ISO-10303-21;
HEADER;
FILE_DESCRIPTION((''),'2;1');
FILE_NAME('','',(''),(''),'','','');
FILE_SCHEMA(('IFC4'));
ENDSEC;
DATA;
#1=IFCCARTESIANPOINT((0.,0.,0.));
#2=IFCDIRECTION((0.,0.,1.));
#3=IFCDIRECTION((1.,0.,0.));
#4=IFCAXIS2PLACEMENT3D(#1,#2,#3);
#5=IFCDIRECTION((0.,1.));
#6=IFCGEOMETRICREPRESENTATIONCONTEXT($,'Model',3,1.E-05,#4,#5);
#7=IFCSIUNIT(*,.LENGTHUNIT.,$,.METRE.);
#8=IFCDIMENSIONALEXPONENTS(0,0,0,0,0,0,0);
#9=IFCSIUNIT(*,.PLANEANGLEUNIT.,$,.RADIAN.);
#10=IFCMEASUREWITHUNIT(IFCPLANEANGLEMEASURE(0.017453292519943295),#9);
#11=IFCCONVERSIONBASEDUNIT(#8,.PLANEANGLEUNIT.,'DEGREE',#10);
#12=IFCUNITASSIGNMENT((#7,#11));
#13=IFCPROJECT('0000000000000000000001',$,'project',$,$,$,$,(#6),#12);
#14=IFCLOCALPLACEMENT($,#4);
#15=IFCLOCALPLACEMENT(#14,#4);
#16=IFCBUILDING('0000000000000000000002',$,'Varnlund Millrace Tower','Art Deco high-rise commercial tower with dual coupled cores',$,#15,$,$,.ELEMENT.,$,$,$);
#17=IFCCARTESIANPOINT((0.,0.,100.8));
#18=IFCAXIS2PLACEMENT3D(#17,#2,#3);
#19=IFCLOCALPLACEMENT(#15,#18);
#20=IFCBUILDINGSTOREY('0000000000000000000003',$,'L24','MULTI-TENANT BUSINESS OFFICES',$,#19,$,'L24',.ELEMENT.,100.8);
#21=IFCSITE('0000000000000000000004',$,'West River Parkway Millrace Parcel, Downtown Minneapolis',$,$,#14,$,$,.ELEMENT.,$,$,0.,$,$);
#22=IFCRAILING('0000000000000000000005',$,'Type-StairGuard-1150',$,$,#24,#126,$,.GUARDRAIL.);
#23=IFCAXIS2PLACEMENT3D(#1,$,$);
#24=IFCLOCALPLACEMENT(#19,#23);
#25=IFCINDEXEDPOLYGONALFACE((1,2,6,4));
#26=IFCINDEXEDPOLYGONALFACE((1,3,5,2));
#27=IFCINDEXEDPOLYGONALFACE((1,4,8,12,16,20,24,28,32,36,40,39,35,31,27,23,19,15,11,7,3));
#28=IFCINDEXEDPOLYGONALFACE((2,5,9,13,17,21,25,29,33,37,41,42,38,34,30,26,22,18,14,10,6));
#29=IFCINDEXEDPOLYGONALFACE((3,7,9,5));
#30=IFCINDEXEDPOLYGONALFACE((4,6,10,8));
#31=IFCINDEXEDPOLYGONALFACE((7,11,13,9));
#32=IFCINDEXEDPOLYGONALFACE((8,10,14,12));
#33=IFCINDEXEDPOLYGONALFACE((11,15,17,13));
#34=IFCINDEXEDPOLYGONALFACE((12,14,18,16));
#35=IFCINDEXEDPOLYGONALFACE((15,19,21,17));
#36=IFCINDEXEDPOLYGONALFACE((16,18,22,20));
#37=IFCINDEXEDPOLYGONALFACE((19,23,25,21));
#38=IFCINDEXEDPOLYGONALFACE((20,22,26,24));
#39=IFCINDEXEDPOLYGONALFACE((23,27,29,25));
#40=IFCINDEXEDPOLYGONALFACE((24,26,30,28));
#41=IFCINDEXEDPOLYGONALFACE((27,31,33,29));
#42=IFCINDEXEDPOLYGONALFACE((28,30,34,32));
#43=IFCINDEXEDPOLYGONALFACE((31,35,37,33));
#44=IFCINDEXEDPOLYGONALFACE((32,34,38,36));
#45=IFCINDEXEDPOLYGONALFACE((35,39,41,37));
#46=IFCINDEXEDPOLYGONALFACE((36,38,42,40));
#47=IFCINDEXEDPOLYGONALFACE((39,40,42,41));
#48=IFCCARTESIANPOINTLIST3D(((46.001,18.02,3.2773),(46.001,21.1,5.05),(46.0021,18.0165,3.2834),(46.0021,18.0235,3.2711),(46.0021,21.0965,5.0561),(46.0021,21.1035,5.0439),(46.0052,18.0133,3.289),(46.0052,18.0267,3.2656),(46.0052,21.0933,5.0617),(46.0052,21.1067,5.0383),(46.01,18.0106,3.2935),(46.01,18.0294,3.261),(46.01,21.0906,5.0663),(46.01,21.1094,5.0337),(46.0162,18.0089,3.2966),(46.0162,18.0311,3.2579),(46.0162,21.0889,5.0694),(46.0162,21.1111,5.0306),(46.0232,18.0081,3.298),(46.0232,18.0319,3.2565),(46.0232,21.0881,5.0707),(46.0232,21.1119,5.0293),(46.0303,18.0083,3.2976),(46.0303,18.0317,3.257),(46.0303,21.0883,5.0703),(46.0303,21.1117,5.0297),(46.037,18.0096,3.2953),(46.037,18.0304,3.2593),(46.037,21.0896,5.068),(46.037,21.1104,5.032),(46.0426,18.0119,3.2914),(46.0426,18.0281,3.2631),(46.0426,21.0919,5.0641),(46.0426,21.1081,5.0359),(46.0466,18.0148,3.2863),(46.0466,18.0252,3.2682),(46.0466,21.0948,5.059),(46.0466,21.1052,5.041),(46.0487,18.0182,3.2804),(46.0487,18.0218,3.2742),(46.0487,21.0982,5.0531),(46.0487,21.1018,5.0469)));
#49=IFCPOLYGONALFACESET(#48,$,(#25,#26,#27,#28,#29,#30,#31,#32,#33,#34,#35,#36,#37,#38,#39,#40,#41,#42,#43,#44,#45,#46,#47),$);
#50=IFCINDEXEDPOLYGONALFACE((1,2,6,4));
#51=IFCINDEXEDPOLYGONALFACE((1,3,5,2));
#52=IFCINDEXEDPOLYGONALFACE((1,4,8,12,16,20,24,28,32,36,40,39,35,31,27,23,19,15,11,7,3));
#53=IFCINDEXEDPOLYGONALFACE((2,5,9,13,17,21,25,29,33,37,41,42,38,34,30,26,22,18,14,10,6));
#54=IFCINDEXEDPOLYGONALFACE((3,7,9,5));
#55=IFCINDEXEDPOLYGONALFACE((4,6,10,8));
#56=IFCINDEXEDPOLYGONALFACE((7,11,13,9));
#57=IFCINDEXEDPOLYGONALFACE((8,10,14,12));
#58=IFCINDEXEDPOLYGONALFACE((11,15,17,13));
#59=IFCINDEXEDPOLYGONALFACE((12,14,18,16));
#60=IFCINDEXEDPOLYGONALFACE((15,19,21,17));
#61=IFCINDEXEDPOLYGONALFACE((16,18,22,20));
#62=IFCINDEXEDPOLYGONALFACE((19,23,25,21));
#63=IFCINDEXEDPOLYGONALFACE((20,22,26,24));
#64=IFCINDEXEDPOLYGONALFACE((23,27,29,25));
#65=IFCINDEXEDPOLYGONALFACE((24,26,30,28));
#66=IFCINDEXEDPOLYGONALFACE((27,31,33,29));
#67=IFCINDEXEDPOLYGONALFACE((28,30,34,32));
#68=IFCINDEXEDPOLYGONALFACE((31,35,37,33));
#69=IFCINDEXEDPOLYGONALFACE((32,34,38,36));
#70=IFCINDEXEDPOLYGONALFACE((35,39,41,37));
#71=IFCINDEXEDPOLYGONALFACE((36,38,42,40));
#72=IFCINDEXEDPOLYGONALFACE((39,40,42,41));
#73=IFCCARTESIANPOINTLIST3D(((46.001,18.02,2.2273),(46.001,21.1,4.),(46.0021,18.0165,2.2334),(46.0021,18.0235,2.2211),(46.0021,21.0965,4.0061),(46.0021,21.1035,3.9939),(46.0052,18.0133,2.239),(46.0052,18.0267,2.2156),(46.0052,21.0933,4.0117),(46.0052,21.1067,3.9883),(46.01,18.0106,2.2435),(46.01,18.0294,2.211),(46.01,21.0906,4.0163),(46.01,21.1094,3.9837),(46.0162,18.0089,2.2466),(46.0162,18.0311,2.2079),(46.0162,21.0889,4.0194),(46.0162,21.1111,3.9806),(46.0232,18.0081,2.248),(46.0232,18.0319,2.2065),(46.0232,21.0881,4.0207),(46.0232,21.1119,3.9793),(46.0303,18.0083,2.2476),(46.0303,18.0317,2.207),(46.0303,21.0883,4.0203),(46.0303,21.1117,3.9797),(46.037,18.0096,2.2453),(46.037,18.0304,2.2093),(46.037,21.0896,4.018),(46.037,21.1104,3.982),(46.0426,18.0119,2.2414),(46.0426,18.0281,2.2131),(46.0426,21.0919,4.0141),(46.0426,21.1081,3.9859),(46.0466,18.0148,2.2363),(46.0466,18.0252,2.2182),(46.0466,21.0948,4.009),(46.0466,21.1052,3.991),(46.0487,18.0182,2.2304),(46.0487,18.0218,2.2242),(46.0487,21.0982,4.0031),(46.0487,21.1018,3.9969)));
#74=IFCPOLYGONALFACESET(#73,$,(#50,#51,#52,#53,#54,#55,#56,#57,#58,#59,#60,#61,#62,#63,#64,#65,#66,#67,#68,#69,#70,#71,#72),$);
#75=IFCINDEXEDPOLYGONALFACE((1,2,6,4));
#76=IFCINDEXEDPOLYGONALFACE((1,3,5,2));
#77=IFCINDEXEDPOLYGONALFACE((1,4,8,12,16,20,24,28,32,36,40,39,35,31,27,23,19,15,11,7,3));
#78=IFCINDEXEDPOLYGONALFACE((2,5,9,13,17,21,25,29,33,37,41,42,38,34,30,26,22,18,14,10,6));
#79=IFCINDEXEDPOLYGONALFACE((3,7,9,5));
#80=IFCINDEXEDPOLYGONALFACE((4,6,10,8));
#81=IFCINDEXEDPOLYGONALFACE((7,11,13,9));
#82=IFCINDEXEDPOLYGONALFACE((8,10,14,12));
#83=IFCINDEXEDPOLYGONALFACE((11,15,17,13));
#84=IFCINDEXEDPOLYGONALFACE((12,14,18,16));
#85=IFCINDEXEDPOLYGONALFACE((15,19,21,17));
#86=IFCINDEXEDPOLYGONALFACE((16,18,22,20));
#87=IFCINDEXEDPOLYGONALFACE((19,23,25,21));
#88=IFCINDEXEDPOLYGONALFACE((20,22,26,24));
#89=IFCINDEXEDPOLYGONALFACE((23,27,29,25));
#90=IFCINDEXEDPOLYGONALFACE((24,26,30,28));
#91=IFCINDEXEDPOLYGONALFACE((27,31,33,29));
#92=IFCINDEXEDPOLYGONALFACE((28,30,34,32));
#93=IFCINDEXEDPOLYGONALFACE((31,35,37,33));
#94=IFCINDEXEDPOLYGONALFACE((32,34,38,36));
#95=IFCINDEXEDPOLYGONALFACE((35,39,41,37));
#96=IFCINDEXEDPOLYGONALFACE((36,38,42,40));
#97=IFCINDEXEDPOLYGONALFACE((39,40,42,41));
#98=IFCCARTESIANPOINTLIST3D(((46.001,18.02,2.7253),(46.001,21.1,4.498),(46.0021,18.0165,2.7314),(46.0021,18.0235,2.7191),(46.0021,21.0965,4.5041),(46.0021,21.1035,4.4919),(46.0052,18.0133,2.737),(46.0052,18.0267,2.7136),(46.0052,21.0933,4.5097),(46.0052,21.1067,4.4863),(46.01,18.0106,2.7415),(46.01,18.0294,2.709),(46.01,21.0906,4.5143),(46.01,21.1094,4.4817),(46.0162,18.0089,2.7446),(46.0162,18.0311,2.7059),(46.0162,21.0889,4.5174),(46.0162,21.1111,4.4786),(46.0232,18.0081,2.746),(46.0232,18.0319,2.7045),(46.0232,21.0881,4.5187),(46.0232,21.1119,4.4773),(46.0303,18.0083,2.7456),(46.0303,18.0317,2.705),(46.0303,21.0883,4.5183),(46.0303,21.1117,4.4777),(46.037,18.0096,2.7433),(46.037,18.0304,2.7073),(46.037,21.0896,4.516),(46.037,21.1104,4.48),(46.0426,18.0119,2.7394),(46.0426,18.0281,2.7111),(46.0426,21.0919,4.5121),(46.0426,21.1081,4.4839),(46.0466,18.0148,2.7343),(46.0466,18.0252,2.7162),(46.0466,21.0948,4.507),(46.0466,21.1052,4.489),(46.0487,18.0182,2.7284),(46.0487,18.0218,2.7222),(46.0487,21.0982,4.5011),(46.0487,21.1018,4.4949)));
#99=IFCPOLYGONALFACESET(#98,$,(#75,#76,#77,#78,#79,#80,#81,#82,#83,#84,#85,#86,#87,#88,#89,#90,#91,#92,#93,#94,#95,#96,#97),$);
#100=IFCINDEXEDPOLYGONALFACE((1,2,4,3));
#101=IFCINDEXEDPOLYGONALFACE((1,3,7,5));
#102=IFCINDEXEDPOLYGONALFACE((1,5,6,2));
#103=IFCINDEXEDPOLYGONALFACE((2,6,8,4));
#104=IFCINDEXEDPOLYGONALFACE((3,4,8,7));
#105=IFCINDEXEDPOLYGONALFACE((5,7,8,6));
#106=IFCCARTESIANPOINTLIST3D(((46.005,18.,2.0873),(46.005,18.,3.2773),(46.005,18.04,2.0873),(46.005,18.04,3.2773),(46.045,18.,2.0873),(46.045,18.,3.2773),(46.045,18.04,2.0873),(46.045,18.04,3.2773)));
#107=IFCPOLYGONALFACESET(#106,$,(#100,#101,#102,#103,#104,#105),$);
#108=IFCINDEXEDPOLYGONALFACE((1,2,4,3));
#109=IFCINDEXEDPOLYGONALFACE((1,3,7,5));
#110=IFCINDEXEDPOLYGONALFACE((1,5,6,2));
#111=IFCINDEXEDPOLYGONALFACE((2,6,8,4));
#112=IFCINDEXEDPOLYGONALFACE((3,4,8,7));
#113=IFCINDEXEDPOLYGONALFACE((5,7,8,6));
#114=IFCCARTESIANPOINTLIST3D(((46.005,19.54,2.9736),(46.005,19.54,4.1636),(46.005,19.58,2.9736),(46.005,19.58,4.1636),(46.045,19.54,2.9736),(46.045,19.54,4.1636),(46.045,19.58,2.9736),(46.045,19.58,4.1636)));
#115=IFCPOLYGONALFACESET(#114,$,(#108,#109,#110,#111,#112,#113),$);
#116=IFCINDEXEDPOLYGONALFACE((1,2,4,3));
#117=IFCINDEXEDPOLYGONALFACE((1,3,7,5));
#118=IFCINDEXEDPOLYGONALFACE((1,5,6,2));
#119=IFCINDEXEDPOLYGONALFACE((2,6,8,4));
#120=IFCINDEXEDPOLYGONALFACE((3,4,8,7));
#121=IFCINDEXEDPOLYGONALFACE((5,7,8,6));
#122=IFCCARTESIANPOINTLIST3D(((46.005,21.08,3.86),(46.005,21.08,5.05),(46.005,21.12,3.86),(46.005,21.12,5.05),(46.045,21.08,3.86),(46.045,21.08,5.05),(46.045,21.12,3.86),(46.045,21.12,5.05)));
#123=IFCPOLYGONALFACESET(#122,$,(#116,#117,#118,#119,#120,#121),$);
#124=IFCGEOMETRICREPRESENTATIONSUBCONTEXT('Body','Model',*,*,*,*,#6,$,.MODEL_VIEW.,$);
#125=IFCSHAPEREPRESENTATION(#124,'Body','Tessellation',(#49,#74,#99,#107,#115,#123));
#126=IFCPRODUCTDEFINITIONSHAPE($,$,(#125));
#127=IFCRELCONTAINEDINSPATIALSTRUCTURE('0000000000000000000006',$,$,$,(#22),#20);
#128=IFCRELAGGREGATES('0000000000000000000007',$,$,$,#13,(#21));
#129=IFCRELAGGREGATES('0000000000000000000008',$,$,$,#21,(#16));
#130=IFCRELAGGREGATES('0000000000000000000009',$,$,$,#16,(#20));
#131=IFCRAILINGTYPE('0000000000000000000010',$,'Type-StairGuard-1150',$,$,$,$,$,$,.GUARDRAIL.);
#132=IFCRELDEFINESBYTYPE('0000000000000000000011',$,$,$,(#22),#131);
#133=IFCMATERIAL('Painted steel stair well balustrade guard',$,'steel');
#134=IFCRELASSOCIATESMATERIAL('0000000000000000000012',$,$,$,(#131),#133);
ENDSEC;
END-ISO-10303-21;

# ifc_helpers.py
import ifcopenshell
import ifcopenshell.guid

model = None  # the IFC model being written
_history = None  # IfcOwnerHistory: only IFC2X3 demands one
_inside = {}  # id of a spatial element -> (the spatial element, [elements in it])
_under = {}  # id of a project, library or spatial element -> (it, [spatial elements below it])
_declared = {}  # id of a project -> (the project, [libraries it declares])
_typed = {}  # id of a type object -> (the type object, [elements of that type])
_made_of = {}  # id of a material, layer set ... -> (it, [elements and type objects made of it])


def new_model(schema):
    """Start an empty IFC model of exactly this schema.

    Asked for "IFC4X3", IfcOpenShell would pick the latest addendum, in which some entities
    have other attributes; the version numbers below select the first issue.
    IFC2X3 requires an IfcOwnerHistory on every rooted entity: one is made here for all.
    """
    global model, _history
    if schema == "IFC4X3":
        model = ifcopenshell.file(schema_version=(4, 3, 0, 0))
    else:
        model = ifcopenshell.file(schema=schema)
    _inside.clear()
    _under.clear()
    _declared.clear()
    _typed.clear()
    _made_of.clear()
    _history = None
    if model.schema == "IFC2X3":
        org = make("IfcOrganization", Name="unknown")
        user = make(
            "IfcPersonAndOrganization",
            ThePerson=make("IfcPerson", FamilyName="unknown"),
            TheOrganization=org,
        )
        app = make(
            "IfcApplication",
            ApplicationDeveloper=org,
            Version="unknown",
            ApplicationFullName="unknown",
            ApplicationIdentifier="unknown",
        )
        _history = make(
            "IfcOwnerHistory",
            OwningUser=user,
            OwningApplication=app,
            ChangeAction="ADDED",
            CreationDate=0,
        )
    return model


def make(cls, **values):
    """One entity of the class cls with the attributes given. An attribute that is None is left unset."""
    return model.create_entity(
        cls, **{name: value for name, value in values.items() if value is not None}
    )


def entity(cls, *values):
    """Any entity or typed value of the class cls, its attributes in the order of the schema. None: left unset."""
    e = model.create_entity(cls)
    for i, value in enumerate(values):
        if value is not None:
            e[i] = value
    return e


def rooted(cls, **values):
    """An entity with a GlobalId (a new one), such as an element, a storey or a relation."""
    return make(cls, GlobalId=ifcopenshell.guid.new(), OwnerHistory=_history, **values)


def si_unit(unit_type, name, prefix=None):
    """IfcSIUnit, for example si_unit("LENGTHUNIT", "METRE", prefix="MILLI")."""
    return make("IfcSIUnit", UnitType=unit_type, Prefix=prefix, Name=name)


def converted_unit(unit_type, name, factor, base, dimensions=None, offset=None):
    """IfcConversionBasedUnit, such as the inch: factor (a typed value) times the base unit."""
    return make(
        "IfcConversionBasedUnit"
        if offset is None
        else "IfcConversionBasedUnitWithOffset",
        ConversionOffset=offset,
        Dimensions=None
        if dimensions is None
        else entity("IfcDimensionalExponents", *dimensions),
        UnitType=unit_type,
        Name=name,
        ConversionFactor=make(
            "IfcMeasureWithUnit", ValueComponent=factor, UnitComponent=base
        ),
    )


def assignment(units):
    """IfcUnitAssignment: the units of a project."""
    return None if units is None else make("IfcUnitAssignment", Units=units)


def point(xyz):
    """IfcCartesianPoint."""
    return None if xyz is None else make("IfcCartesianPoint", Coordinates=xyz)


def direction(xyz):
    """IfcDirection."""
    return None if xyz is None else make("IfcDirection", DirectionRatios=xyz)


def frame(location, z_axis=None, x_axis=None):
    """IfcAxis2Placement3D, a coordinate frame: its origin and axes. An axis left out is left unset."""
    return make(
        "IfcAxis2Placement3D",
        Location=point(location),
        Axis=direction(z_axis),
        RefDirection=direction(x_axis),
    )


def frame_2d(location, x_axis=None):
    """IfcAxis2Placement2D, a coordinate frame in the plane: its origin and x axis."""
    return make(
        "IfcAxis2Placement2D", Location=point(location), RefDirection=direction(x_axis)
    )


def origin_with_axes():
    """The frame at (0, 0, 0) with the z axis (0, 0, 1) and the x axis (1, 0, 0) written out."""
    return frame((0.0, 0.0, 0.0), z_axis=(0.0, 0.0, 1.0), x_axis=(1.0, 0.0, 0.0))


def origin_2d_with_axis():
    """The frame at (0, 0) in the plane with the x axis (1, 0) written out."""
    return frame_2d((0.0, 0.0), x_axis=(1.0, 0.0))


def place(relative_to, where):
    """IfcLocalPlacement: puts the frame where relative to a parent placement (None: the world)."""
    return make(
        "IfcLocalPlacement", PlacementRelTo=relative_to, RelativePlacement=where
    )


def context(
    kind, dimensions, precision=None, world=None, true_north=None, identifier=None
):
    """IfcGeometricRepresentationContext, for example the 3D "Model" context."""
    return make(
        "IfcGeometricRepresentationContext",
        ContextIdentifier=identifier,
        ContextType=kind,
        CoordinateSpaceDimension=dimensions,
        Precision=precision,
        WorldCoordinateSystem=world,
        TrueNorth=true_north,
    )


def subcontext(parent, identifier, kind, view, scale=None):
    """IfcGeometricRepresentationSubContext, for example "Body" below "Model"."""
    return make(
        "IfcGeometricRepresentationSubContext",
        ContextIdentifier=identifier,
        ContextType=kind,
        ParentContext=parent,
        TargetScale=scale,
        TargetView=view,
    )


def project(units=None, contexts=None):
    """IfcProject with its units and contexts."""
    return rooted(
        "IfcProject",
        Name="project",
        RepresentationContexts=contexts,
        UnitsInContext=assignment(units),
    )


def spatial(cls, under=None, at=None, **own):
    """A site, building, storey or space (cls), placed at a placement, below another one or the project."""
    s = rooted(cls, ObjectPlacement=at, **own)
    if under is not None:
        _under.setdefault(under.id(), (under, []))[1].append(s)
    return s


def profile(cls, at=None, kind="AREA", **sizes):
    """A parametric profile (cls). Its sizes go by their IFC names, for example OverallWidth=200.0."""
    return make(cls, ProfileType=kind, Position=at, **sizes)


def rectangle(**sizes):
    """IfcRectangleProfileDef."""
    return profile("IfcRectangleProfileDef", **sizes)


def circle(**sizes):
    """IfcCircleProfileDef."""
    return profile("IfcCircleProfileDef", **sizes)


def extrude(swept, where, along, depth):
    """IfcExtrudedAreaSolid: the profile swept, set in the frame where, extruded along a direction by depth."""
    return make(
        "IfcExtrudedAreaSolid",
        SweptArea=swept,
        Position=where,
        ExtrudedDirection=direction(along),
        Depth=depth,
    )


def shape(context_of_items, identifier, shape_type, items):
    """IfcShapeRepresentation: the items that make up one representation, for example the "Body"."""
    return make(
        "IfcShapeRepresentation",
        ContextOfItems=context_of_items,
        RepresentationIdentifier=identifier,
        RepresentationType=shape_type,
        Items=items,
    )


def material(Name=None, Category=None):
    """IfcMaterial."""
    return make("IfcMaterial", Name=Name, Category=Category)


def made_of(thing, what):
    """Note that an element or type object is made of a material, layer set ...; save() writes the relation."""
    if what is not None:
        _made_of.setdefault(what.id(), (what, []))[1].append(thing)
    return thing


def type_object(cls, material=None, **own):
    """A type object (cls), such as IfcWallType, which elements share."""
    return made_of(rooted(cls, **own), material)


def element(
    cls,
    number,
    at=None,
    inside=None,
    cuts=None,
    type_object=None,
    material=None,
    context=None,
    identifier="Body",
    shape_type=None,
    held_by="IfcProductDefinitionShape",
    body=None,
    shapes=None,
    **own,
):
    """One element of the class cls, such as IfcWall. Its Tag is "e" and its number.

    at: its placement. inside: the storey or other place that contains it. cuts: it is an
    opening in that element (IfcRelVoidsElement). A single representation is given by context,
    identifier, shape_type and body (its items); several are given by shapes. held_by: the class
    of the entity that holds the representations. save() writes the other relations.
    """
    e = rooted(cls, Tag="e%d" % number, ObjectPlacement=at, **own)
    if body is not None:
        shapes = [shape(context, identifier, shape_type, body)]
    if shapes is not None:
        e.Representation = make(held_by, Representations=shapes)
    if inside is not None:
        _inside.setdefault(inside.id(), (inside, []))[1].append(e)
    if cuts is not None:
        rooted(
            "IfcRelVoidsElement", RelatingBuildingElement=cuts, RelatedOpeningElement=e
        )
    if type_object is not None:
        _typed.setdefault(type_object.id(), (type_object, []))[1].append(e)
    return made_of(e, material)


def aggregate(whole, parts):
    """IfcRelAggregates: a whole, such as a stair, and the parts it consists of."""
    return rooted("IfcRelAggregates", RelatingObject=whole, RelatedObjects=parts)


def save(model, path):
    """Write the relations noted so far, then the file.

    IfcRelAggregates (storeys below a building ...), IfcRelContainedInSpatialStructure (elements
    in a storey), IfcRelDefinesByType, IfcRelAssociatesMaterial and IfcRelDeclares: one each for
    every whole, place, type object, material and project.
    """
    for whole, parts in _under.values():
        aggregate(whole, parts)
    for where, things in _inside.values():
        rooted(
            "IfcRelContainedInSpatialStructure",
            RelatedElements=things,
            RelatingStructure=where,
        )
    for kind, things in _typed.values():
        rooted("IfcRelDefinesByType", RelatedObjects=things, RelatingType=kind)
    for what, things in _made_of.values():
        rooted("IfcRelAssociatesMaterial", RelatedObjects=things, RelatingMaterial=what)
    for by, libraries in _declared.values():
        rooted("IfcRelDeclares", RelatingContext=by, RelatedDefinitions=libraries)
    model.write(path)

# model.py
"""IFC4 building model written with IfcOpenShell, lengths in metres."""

from ifc_helpers import new_model, entity, si_unit, converted_unit, direction, frame, origin_with_axes, origin_2d_with_axis, place, context, subcontext, project, spatial, rectangle, circle, extrude, material, type_object, element, save


model = new_model("IFC4")

# Units and contexts
model_context = context("Model", 3, precision=1e-05, world=origin_with_axes(), true_north=direction((0.0, 1.0)))
body_context = subcontext(model_context, "Body", "Model", "MODEL_VIEW")
ifc_project = project(units=[si_unit("LENGTHUNIT", "METRE"), converted_unit("PLANEANGLEUNIT", "DEGREE", entity("IfcPlaneAngleMeasure", 0.017453292519943295), si_unit("PLANEANGLEUNIT", "RADIAN"), dimensions=[0, 0, 0, 0, 0, 0, 0])], contexts=[model_context])

# Site, building, storey
site_placement = place(None, origin_with_axes())
site = spatial("IfcSite", under=ifc_project, at=site_placement, Name="West River Parkway Millrace Parcel, Downtown Minneapolis", CompositionType="ELEMENT", RefElevation=0.0)
building_placement = place(site_placement, origin_with_axes())
building = spatial("IfcBuilding", under=site, at=building_placement, Name="Varnlund Millrace Tower", Description="Art Deco high-rise commercial tower with dual coupled cores", CompositionType="ELEMENT")
storey_placement = place(building_placement, frame((0.0, 0.0, 100.8), z_axis=(0.0, 0.0, 1.0), x_axis=(1.0, 0.0, 0.0)))
storey = spatial("IfcBuildingStorey", under=building, at=storey_placement, Name="L24", Description="MULTI-TENANT BUSINESS OFFICES", LongName="L24", CompositionType="ELEMENT", Elevation=100.8)

# Railing
ifc_material_1 = material(Name="Painted steel stair well balustrade guard", Category="steel")
railing_type_1 = type_object("IfcRailingType", Name="Type-StairGuard-1150", PredefinedType="GUARDRAIL", material=ifc_material_1)
railing_1_placement = place(storey_placement, frame((0.0, 0.0, -100.8), z_axis=(0.0, 0.0, 1.0), x_axis=(1.0, 0.0, 0.0)))
element("IfcRailing", 1, at=railing_1_placement, inside=storey, type_object=railing_type_1, Name="Type-StairGuard-1150", PredefinedType="GUARDRAIL", context=body_context, shape_type="SweptSolid", body=[
    extrude(circle(Radius=0.024, at=origin_2d_with_axis()), frame((46.025, 18.02, 104.0773), z_axis=(0.0, 0.866696, 0.498836), x_axis=(-1.0, 0.0, 0.0)), (0.0, 0.0, 1.0), 3.5537),
    extrude(circle(Radius=0.024, at=origin_2d_with_axis()), frame((46.025, 18.02, 103.0273), z_axis=(0.0, 0.866696, 0.498836), x_axis=(-1.0, 0.0, 0.0)), (0.0, 0.0, 1.0), 3.5537),
    extrude(circle(Radius=0.024, at=origin_2d_with_axis()), frame((46.025, 18.02, 103.5253), z_axis=(0.0, 0.866696, 0.498836), x_axis=(-1.0, 0.0, 0.0)), (0.0, 0.0, 1.0), 3.5537),
    extrude(rectangle(XDim=0.04, YDim=0.04, at=origin_2d_with_axis()), frame((46.025, 18.02, 102.8873), z_axis=(0.0, 0.0, 1.0), x_axis=(1.0, 0.0, 0.0)), (0.0, 0.0, 1.0), 1.19),
    extrude(rectangle(XDim=0.04, YDim=0.04, at=origin_2d_with_axis()), frame((46.025, 19.56, 103.7736), z_axis=(0.0, 0.0, 1.0), x_axis=(1.0, 0.0, 0.0)), (0.0, 0.0, 1.0), 1.19),
    extrude(rectangle(XDim=0.04, YDim=0.04, at=origin_2d_with_axis()), frame((46.025, 21.1, 104.66), z_axis=(0.0, 0.0, 1.0), x_axis=(1.0, 0.0, 0.0)), (0.0, 0.0, 1.0), 1.19),
])

save(model, "model.ifc")
